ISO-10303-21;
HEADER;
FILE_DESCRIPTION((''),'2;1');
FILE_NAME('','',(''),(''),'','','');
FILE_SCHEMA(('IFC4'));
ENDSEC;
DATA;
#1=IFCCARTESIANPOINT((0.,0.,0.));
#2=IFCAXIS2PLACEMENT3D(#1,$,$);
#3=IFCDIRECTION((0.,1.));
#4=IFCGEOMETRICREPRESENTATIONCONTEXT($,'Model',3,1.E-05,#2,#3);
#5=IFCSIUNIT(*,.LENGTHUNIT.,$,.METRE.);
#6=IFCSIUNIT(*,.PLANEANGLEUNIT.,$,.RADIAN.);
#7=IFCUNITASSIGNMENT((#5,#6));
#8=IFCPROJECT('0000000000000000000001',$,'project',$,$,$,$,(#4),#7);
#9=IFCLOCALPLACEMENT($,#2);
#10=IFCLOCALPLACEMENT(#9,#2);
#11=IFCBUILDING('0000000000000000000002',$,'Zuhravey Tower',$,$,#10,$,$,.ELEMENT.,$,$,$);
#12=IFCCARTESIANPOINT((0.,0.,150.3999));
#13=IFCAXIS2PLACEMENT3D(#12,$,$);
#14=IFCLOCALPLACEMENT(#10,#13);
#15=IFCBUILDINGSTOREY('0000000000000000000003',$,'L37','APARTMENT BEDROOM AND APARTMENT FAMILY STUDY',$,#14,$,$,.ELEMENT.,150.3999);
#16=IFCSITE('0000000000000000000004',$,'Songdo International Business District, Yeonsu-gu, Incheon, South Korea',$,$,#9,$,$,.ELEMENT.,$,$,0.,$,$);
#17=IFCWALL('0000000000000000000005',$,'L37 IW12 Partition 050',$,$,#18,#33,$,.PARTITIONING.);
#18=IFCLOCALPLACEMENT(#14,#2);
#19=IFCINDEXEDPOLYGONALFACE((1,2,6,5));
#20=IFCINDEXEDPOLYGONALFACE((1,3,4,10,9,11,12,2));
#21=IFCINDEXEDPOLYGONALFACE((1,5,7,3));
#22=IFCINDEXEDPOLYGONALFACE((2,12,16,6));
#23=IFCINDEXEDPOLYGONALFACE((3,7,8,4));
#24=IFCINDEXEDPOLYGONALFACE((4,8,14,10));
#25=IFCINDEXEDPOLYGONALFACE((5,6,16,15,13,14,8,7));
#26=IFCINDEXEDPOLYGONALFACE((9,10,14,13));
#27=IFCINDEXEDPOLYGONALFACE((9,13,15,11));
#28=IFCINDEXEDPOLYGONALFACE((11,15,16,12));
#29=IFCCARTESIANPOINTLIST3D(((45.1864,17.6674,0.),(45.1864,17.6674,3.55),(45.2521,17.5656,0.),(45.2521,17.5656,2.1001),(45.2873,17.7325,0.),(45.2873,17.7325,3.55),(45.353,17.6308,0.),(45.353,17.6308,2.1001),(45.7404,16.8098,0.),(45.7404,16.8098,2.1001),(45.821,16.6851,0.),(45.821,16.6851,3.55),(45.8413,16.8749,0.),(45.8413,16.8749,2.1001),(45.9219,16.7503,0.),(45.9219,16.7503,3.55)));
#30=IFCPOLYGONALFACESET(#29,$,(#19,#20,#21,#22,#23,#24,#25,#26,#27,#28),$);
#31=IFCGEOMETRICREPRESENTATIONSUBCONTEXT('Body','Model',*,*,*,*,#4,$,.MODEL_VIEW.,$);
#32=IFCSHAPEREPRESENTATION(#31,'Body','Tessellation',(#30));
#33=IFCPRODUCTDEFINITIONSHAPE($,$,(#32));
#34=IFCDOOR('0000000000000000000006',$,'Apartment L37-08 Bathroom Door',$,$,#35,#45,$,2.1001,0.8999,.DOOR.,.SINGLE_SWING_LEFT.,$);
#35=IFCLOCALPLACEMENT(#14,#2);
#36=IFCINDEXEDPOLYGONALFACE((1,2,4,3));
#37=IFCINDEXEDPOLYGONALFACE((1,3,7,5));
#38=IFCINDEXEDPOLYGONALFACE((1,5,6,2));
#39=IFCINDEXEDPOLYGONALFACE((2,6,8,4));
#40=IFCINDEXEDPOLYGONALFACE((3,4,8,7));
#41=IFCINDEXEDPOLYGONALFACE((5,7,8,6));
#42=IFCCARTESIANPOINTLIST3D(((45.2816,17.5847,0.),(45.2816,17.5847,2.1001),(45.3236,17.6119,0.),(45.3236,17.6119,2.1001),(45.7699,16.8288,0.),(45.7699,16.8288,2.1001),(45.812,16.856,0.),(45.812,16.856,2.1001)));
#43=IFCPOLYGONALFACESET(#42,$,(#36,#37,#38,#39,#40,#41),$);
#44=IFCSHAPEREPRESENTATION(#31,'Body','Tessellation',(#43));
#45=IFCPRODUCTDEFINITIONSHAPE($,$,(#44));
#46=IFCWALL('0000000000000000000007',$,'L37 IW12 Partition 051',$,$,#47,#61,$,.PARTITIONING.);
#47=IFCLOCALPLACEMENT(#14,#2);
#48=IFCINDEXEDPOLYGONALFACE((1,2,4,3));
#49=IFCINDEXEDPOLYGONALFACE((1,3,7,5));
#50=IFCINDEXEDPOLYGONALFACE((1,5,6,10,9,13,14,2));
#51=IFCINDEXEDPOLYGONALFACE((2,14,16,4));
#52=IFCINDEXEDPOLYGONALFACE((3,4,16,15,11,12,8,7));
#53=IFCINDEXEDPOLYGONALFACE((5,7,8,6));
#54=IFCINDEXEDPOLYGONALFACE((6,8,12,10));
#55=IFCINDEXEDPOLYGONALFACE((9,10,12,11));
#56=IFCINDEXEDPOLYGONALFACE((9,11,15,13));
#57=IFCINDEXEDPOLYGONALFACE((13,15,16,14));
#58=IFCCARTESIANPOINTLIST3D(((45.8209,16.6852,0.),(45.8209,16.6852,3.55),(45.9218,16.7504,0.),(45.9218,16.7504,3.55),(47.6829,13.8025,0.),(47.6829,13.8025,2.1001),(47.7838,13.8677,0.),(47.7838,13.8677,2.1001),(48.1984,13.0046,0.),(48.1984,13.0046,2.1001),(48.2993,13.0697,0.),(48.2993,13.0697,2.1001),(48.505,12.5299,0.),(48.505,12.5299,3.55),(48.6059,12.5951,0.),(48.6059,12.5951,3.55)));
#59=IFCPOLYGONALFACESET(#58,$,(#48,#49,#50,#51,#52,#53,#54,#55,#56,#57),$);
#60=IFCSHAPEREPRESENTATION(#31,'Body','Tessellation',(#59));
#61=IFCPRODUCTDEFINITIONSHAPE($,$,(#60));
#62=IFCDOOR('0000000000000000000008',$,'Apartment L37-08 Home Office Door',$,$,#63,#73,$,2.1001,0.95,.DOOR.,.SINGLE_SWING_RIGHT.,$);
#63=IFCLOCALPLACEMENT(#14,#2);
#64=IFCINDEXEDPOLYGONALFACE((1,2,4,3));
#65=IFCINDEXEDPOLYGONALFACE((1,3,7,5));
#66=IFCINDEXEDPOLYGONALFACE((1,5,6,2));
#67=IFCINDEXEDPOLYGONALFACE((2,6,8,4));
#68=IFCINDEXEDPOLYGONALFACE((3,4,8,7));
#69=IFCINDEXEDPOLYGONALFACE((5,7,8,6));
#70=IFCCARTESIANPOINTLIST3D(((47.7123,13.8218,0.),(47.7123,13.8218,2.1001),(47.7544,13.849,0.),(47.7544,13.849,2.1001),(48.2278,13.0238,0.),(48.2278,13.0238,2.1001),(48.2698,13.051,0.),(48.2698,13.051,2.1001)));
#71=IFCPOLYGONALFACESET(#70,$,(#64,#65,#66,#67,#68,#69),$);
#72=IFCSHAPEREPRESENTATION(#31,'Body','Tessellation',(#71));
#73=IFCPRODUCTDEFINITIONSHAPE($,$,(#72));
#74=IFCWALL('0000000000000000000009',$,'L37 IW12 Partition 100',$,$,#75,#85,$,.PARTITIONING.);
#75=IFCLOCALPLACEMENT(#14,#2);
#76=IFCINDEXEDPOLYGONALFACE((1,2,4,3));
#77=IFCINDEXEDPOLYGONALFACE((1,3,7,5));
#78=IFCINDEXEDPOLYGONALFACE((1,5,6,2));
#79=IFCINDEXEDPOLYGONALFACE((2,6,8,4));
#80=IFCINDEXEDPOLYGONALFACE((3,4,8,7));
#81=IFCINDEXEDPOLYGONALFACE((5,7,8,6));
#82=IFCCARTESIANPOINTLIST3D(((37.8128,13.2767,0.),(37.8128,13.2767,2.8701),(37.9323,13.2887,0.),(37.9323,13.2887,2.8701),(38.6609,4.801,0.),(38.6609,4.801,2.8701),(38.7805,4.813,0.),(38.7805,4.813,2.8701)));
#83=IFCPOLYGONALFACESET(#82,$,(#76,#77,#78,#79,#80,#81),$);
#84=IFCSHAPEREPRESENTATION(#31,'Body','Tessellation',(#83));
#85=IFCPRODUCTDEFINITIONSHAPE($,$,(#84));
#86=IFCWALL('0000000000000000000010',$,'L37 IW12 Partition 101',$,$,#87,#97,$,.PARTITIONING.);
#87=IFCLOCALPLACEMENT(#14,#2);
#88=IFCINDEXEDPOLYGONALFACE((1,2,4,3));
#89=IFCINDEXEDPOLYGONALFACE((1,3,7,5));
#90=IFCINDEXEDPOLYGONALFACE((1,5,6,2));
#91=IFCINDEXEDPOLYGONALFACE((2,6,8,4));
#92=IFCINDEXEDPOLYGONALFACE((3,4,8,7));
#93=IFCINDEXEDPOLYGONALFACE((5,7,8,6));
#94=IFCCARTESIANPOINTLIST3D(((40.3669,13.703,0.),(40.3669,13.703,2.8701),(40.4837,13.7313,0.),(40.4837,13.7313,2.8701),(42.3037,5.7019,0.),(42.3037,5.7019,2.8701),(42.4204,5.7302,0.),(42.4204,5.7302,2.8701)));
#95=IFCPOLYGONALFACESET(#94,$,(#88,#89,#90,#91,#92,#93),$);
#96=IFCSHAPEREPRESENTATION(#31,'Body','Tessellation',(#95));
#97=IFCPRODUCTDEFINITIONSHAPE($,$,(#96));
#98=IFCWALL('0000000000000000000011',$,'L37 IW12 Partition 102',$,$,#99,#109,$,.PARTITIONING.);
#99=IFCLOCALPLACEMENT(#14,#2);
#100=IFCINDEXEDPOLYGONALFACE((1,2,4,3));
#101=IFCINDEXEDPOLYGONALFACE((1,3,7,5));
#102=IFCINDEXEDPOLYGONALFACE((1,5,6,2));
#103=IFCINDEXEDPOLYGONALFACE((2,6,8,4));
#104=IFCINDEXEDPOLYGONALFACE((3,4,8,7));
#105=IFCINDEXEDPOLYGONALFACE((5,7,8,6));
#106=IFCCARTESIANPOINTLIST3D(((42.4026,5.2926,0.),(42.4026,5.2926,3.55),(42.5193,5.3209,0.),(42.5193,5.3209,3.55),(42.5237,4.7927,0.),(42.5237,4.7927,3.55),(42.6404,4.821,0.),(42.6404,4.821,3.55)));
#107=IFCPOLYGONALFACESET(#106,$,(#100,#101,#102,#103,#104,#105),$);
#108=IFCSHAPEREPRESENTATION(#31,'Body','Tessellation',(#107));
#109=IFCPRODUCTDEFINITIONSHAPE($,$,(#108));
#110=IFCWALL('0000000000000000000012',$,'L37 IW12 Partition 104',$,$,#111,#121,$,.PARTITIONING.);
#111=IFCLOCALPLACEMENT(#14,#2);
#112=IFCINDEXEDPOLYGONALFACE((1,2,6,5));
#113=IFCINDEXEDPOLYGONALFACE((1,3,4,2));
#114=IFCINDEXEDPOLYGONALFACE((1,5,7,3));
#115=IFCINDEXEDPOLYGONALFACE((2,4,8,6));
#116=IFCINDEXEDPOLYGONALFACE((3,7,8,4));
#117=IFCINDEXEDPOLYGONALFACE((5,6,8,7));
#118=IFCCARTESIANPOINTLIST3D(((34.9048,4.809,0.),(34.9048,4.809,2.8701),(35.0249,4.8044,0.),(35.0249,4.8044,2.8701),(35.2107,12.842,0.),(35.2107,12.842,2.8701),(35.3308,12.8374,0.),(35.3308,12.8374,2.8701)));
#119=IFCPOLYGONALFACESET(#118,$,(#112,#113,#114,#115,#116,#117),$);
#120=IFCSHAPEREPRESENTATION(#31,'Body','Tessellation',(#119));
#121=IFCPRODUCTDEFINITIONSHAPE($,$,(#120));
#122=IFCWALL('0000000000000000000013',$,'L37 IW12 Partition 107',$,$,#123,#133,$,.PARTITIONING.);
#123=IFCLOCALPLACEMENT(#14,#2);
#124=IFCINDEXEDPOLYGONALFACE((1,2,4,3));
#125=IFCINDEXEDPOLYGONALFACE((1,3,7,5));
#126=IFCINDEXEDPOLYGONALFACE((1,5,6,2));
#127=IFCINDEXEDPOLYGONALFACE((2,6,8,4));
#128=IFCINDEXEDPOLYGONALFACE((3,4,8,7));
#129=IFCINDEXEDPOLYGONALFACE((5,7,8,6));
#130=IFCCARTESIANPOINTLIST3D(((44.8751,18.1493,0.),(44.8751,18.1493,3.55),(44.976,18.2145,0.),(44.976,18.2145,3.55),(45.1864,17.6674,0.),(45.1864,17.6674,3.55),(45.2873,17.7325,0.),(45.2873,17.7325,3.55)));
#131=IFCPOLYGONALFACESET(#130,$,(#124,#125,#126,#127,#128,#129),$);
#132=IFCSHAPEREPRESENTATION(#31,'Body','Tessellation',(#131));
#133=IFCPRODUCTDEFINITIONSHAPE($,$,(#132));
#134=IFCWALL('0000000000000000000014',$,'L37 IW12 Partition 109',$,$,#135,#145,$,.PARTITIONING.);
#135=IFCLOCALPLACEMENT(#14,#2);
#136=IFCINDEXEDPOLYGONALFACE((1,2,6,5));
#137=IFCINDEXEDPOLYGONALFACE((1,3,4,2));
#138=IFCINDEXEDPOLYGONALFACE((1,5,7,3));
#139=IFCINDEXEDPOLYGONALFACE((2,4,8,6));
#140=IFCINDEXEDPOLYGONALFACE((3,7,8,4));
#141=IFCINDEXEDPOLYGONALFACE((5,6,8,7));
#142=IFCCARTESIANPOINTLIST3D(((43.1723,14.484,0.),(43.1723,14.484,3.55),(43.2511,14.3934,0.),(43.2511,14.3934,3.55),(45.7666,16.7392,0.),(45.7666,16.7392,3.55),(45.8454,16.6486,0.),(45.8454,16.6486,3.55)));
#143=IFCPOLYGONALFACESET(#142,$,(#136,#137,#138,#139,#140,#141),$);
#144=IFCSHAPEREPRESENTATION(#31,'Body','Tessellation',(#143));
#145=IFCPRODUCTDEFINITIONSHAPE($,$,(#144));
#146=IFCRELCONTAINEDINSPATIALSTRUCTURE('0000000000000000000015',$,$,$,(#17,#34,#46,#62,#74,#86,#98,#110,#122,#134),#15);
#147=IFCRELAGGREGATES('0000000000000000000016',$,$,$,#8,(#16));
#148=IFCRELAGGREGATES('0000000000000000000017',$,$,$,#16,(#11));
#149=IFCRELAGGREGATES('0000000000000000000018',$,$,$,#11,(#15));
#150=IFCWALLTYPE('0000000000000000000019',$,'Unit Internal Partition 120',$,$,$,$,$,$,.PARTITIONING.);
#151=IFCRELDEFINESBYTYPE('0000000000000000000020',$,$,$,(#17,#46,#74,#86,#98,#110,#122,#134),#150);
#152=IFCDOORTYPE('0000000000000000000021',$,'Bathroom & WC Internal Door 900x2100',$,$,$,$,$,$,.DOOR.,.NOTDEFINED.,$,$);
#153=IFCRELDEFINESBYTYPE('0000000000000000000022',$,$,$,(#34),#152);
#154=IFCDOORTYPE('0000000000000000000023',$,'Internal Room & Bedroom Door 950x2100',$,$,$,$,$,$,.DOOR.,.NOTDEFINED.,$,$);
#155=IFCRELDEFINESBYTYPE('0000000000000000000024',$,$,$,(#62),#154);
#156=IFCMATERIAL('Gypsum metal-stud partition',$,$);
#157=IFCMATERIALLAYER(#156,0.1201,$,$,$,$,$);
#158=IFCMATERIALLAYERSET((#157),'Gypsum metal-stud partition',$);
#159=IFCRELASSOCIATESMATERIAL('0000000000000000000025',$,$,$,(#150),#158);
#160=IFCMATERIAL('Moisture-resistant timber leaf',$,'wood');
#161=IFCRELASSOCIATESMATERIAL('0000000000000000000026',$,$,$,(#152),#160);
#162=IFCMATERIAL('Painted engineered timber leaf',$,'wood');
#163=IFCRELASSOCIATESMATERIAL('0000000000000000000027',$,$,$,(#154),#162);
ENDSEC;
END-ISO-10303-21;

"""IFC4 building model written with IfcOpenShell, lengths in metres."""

from ifc_helpers import new_model, si_unit, direction, frame, frame_2d, origin, place, context, subcontext, project, spatial, rectangle, extrude, material, layer, layer_set, type_object, element, fill, save


model = new_model("IFC4")

# Units and contexts
model_context = context("Model", 3, precision=1e-05, world=origin(), true_north=direction((0.0, 1.0)))
body_context = subcontext(model_context, "Body", "Model", "MODEL_VIEW")
ifc_project = project(units=[si_unit("LENGTHUNIT", "METRE"), si_unit("PLANEANGLEUNIT", "RADIAN")], contexts=[model_context])

# Site, building, storey
site_placement = place(None, origin())
site = spatial("IfcSite", under=ifc_project, at=site_placement, Name="Songdo International Business District, Yeonsu-gu, Incheon, South Korea", CompositionType="ELEMENT", RefElevation=0.0)
building_placement = place(site_placement, origin())
building = spatial("IfcBuilding", under=site, at=building_placement, Name="Zuhravey Tower", CompositionType="ELEMENT")
storey_placement = place(building_placement, frame((0.0, 0.0, 150.3999)))
storey = spatial("IfcBuildingStorey", under=building, at=storey_placement, Name="L37", Description="APARTMENT BEDROOM AND APARTMENT FAMILY STUDY", CompositionType="ELEMENT", Elevation=150.3999)

# Shared definitions
ifc_material_1 = material(Name="Gypsum metal-stud partition")
ifc_layer_1 = layer(ifc_material_1, 0.1201)
ifc_layer_set_1 = layer_set([ifc_layer_1], Name="Gypsum metal-stud partition")
wall_type_1 = type_object("IfcWallType", Name="Unit Internal Partition 120", PredefinedType="PARTITIONING", material=ifc_layer_set_1)
ifc_material_2 = material(Name="Moisture-resistant timber leaf", Category="wood")
door_type_1 = type_object("IfcDoorType", Name="Bathroom & WC Internal Door 900x2100", OperationType="NOTDEFINED", PredefinedType="DOOR", material=ifc_material_2)
ifc_material_3 = material(Name="Painted engineered timber leaf", Category="wood")
door_type_2 = type_object("IfcDoorType", Name="Internal Room & Bedroom Door 950x2100", OperationType="NOTDEFINED", PredefinedType="DOOR", material=ifc_material_3)

# Walls, openings, doors
wall_1_placement = place(storey_placement, frame((45.2368, 17.7, 0.0), z_axis=(0.0, 0.0, 1.0), x_axis=(0.542645, -0.839962, 0.0)))
wall_1 = element("IfcWall", 1, at=wall_1_placement, inside=storey, type_object=wall_type_1, Name="L37 IW12 Partition 050", PredefinedType="PARTITIONING", context=body_context, shape_type="SweptSolid", body=[
    extrude(rectangle(XDim=1.1694, YDim=0.1201, at=frame_2d((0.5847, 0.0))), origin(), (0.0, 0.0, 1.0), 3.55),
])
opening_1_placement = place(wall_1_placement, frame((0.1211, 0.0, 0.0)))
opening_1 = element("IfcOpeningElement", 2, at=opening_1_placement, cuts=wall_1, PredefinedType="OPENING", context=body_context, shape_type="SweptSolid", body=[
    extrude(rectangle(XDim=0.8999, YDim=2.1001, at=frame_2d((0.45, 1.05))), frame((0.0, 0.072, 0.0), z_axis=(0.0, -1.0, 0.0), x_axis=(1.0, 0.0, 0.0)), (0.0, 0.0, 1.0), 0.144),
])
door_1_placement = place(opening_1_placement, frame((0.8999, 0.0, 0.0), z_axis=(0.0, 0.0, 1.0), x_axis=(-1.0, 0.0, 0.0)))
door_1 = element("IfcDoor", 3, at=door_1_placement, inside=storey, type_object=door_type_1, Name="Apartment L37-08 Bathroom Door", OperationType="SINGLE_SWING_LEFT", OverallHeight=2.1001, OverallWidth=0.8999, PredefinedType="DOOR", context=body_context, shape_type="SweptSolid", body=[
    extrude(rectangle(XDim=0.8999, YDim=2.1001, at=frame_2d((0.45, 1.05))), frame((0.0, 0.0249, 0.0), z_axis=(0.0, -1.0, 0.0), x_axis=(1.0, 0.0, 0.0)), (0.0, 0.0, 1.0), 0.05),
])
fill(opening_1, door_1)
wall_2_placement = place(storey_placement, frame((45.8713, 16.7178, 0.0), z_axis=(0.0, 0.0, 1.0), x_axis=(0.542592, -0.839996, 0.0)))
wall_2 = element("IfcWall", 4, at=wall_2_placement, inside=storey, type_object=wall_type_1, Name="L37 IW12 Partition 051", PredefinedType="PARTITIONING", context=body_context, shape_type="SweptSolid", body=[
    extrude(rectangle(XDim=4.9468, YDim=0.1201, at=frame_2d((2.4734, 0.0))), origin(), (0.0, 0.0, 1.0), 3.55),
])
opening_2_placement = place(wall_2_placement, frame((3.4316, 0.0, 0.0)))
opening_2 = element("IfcOpeningElement", 5, at=opening_2_placement, cuts=wall_2, PredefinedType="OPENING", context=body_context, shape_type="SweptSolid", body=[
    extrude(rectangle(XDim=0.95, YDim=2.1001, at=frame_2d((0.4751, 1.05))), frame((0.0, 0.072, 0.0), z_axis=(0.0, -1.0, 0.0), x_axis=(1.0, 0.0, 0.0)), (0.0, 0.0, 1.0), 0.144),
])
door_2_placement = place(opening_2_placement, frame((0.95, 0.0, 0.0), z_axis=(0.0, 0.0, 1.0), x_axis=(-1.0, 0.0, 0.0)))
door_2 = element("IfcDoor", 6, at=door_2_placement, inside=storey, type_object=door_type_2, Name="Apartment L37-08 Home Office Door", OperationType="SINGLE_SWING_RIGHT", OverallHeight=2.1001, OverallWidth=0.95, PredefinedType="DOOR", context=body_context, shape_type="SweptSolid", body=[
    extrude(rectangle(XDim=0.95, YDim=2.1001, at=frame_2d((0.4751, 1.05))), frame((0.0, 0.0249, 0.0), z_axis=(0.0, -1.0, 0.0), x_axis=(1.0, 0.0, 0.0)), (0.0, 0.0, 1.0), 0.05),
])
fill(opening_2, door_2)

# Walls
wall_3_placement = place(storey_placement, frame((37.8726, 13.2827, 0.0), z_axis=(0.0, 0.0, 1.0), x_axis=(0.099569, -0.995031, 0.0)))
element("IfcWall", 7, at=wall_3_placement, inside=storey, type_object=wall_type_1, Name="L37 IW12 Partition 100", PredefinedType="PARTITIONING", context=body_context, shape_type="SweptSolid", body=[
    extrude(rectangle(XDim=8.5181, YDim=0.1201, at=frame_2d((4.259, 0.0))), origin(), (0.0, 0.0, 1.0), 2.8701),
])
wall_4_placement = place(storey_placement, frame((40.4253, 13.7173, 0.0), z_axis=(0.0, 0.0, 1.0), x_axis=(0.235265, -0.971931, 0.0)))
element("IfcWall", 8, at=wall_4_placement, inside=storey, type_object=wall_type_1, Name="L37 IW12 Partition 101", PredefinedType="PARTITIONING", context=body_context, shape_type="SweptSolid", body=[
    extrude(rectangle(XDim=8.2322, YDim=0.1201, at=frame_2d((4.1162, 0.0))), origin(), (0.0, 0.0, 1.0), 2.8701),
])
wall_5_placement = place(storey_placement, frame((42.4609, 5.3069, 0.0), z_axis=(0.0, 0.0, 1.0), x_axis=(0.235383, -0.971903, 0.0)))
element("IfcWall", 9, at=wall_5_placement, inside=storey, type_object=wall_type_1, Name="L37 IW12 Partition 102", PredefinedType="PARTITIONING", context=body_context, shape_type="SweptSolid", body=[
    extrude(rectangle(XDim=0.5144, YDim=0.1201, at=frame_2d((0.2573, 0.0))), origin(), (0.0, 0.0, 1.0), 3.55),
])
wall_6_placement = place(storey_placement, frame((35.2708, 12.8398, 0.0), z_axis=(0.0, 0.0, 1.0), x_axis=(-0.038054, -0.999276, 0.0)))
element("IfcWall", 10, at=wall_6_placement, inside=storey, type_object=wall_type_1, Name="L37 IW12 Partition 104", PredefinedType="PARTITIONING", context=body_context, shape_type="SweptSolid", body=[
    extrude(rectangle(XDim=8.0388, YDim=0.1201, at=frame_2d((4.0195, 0.0))), origin(), (0.0, 0.0, 1.0), 2.8701),
])
wall_7_placement = place(storey_placement, frame((44.9255, 18.1819, 0.0), z_axis=(0.0, 0.0, 1.0), x_axis=(0.542563, -0.840015, 0.0)))
element("IfcWall", 11, at=wall_7_placement, inside=storey, type_object=wall_type_1, Name="L37 IW12 Partition 107", PredefinedType="PARTITIONING", context=body_context, shape_type="SweptSolid", body=[
    extrude(rectangle(XDim=0.5737, YDim=0.1201, at=frame_2d((0.2869, 0.0))), origin(), (0.0, 0.0, 1.0), 3.55),
])
wall_8_placement = place(storey_placement, frame((43.2117, 14.4387, 0.0), z_axis=(0.0, 0.0, 1.0), x_axis=(0.754711, 0.656057, 0.0)))
element("IfcWall", 12, at=wall_8_placement, inside=storey, type_object=wall_type_1, Name="L37 IW12 Partition 109", PredefinedType="PARTITIONING", context=body_context, shape_type="SweptSolid", body=[
    extrude(rectangle(XDim=3.4375, YDim=0.1201, at=frame_2d((1.7188, 0.0))), origin(), (0.0, 0.0, 1.0), 3.55),
])

save(model, "model.ifc")
